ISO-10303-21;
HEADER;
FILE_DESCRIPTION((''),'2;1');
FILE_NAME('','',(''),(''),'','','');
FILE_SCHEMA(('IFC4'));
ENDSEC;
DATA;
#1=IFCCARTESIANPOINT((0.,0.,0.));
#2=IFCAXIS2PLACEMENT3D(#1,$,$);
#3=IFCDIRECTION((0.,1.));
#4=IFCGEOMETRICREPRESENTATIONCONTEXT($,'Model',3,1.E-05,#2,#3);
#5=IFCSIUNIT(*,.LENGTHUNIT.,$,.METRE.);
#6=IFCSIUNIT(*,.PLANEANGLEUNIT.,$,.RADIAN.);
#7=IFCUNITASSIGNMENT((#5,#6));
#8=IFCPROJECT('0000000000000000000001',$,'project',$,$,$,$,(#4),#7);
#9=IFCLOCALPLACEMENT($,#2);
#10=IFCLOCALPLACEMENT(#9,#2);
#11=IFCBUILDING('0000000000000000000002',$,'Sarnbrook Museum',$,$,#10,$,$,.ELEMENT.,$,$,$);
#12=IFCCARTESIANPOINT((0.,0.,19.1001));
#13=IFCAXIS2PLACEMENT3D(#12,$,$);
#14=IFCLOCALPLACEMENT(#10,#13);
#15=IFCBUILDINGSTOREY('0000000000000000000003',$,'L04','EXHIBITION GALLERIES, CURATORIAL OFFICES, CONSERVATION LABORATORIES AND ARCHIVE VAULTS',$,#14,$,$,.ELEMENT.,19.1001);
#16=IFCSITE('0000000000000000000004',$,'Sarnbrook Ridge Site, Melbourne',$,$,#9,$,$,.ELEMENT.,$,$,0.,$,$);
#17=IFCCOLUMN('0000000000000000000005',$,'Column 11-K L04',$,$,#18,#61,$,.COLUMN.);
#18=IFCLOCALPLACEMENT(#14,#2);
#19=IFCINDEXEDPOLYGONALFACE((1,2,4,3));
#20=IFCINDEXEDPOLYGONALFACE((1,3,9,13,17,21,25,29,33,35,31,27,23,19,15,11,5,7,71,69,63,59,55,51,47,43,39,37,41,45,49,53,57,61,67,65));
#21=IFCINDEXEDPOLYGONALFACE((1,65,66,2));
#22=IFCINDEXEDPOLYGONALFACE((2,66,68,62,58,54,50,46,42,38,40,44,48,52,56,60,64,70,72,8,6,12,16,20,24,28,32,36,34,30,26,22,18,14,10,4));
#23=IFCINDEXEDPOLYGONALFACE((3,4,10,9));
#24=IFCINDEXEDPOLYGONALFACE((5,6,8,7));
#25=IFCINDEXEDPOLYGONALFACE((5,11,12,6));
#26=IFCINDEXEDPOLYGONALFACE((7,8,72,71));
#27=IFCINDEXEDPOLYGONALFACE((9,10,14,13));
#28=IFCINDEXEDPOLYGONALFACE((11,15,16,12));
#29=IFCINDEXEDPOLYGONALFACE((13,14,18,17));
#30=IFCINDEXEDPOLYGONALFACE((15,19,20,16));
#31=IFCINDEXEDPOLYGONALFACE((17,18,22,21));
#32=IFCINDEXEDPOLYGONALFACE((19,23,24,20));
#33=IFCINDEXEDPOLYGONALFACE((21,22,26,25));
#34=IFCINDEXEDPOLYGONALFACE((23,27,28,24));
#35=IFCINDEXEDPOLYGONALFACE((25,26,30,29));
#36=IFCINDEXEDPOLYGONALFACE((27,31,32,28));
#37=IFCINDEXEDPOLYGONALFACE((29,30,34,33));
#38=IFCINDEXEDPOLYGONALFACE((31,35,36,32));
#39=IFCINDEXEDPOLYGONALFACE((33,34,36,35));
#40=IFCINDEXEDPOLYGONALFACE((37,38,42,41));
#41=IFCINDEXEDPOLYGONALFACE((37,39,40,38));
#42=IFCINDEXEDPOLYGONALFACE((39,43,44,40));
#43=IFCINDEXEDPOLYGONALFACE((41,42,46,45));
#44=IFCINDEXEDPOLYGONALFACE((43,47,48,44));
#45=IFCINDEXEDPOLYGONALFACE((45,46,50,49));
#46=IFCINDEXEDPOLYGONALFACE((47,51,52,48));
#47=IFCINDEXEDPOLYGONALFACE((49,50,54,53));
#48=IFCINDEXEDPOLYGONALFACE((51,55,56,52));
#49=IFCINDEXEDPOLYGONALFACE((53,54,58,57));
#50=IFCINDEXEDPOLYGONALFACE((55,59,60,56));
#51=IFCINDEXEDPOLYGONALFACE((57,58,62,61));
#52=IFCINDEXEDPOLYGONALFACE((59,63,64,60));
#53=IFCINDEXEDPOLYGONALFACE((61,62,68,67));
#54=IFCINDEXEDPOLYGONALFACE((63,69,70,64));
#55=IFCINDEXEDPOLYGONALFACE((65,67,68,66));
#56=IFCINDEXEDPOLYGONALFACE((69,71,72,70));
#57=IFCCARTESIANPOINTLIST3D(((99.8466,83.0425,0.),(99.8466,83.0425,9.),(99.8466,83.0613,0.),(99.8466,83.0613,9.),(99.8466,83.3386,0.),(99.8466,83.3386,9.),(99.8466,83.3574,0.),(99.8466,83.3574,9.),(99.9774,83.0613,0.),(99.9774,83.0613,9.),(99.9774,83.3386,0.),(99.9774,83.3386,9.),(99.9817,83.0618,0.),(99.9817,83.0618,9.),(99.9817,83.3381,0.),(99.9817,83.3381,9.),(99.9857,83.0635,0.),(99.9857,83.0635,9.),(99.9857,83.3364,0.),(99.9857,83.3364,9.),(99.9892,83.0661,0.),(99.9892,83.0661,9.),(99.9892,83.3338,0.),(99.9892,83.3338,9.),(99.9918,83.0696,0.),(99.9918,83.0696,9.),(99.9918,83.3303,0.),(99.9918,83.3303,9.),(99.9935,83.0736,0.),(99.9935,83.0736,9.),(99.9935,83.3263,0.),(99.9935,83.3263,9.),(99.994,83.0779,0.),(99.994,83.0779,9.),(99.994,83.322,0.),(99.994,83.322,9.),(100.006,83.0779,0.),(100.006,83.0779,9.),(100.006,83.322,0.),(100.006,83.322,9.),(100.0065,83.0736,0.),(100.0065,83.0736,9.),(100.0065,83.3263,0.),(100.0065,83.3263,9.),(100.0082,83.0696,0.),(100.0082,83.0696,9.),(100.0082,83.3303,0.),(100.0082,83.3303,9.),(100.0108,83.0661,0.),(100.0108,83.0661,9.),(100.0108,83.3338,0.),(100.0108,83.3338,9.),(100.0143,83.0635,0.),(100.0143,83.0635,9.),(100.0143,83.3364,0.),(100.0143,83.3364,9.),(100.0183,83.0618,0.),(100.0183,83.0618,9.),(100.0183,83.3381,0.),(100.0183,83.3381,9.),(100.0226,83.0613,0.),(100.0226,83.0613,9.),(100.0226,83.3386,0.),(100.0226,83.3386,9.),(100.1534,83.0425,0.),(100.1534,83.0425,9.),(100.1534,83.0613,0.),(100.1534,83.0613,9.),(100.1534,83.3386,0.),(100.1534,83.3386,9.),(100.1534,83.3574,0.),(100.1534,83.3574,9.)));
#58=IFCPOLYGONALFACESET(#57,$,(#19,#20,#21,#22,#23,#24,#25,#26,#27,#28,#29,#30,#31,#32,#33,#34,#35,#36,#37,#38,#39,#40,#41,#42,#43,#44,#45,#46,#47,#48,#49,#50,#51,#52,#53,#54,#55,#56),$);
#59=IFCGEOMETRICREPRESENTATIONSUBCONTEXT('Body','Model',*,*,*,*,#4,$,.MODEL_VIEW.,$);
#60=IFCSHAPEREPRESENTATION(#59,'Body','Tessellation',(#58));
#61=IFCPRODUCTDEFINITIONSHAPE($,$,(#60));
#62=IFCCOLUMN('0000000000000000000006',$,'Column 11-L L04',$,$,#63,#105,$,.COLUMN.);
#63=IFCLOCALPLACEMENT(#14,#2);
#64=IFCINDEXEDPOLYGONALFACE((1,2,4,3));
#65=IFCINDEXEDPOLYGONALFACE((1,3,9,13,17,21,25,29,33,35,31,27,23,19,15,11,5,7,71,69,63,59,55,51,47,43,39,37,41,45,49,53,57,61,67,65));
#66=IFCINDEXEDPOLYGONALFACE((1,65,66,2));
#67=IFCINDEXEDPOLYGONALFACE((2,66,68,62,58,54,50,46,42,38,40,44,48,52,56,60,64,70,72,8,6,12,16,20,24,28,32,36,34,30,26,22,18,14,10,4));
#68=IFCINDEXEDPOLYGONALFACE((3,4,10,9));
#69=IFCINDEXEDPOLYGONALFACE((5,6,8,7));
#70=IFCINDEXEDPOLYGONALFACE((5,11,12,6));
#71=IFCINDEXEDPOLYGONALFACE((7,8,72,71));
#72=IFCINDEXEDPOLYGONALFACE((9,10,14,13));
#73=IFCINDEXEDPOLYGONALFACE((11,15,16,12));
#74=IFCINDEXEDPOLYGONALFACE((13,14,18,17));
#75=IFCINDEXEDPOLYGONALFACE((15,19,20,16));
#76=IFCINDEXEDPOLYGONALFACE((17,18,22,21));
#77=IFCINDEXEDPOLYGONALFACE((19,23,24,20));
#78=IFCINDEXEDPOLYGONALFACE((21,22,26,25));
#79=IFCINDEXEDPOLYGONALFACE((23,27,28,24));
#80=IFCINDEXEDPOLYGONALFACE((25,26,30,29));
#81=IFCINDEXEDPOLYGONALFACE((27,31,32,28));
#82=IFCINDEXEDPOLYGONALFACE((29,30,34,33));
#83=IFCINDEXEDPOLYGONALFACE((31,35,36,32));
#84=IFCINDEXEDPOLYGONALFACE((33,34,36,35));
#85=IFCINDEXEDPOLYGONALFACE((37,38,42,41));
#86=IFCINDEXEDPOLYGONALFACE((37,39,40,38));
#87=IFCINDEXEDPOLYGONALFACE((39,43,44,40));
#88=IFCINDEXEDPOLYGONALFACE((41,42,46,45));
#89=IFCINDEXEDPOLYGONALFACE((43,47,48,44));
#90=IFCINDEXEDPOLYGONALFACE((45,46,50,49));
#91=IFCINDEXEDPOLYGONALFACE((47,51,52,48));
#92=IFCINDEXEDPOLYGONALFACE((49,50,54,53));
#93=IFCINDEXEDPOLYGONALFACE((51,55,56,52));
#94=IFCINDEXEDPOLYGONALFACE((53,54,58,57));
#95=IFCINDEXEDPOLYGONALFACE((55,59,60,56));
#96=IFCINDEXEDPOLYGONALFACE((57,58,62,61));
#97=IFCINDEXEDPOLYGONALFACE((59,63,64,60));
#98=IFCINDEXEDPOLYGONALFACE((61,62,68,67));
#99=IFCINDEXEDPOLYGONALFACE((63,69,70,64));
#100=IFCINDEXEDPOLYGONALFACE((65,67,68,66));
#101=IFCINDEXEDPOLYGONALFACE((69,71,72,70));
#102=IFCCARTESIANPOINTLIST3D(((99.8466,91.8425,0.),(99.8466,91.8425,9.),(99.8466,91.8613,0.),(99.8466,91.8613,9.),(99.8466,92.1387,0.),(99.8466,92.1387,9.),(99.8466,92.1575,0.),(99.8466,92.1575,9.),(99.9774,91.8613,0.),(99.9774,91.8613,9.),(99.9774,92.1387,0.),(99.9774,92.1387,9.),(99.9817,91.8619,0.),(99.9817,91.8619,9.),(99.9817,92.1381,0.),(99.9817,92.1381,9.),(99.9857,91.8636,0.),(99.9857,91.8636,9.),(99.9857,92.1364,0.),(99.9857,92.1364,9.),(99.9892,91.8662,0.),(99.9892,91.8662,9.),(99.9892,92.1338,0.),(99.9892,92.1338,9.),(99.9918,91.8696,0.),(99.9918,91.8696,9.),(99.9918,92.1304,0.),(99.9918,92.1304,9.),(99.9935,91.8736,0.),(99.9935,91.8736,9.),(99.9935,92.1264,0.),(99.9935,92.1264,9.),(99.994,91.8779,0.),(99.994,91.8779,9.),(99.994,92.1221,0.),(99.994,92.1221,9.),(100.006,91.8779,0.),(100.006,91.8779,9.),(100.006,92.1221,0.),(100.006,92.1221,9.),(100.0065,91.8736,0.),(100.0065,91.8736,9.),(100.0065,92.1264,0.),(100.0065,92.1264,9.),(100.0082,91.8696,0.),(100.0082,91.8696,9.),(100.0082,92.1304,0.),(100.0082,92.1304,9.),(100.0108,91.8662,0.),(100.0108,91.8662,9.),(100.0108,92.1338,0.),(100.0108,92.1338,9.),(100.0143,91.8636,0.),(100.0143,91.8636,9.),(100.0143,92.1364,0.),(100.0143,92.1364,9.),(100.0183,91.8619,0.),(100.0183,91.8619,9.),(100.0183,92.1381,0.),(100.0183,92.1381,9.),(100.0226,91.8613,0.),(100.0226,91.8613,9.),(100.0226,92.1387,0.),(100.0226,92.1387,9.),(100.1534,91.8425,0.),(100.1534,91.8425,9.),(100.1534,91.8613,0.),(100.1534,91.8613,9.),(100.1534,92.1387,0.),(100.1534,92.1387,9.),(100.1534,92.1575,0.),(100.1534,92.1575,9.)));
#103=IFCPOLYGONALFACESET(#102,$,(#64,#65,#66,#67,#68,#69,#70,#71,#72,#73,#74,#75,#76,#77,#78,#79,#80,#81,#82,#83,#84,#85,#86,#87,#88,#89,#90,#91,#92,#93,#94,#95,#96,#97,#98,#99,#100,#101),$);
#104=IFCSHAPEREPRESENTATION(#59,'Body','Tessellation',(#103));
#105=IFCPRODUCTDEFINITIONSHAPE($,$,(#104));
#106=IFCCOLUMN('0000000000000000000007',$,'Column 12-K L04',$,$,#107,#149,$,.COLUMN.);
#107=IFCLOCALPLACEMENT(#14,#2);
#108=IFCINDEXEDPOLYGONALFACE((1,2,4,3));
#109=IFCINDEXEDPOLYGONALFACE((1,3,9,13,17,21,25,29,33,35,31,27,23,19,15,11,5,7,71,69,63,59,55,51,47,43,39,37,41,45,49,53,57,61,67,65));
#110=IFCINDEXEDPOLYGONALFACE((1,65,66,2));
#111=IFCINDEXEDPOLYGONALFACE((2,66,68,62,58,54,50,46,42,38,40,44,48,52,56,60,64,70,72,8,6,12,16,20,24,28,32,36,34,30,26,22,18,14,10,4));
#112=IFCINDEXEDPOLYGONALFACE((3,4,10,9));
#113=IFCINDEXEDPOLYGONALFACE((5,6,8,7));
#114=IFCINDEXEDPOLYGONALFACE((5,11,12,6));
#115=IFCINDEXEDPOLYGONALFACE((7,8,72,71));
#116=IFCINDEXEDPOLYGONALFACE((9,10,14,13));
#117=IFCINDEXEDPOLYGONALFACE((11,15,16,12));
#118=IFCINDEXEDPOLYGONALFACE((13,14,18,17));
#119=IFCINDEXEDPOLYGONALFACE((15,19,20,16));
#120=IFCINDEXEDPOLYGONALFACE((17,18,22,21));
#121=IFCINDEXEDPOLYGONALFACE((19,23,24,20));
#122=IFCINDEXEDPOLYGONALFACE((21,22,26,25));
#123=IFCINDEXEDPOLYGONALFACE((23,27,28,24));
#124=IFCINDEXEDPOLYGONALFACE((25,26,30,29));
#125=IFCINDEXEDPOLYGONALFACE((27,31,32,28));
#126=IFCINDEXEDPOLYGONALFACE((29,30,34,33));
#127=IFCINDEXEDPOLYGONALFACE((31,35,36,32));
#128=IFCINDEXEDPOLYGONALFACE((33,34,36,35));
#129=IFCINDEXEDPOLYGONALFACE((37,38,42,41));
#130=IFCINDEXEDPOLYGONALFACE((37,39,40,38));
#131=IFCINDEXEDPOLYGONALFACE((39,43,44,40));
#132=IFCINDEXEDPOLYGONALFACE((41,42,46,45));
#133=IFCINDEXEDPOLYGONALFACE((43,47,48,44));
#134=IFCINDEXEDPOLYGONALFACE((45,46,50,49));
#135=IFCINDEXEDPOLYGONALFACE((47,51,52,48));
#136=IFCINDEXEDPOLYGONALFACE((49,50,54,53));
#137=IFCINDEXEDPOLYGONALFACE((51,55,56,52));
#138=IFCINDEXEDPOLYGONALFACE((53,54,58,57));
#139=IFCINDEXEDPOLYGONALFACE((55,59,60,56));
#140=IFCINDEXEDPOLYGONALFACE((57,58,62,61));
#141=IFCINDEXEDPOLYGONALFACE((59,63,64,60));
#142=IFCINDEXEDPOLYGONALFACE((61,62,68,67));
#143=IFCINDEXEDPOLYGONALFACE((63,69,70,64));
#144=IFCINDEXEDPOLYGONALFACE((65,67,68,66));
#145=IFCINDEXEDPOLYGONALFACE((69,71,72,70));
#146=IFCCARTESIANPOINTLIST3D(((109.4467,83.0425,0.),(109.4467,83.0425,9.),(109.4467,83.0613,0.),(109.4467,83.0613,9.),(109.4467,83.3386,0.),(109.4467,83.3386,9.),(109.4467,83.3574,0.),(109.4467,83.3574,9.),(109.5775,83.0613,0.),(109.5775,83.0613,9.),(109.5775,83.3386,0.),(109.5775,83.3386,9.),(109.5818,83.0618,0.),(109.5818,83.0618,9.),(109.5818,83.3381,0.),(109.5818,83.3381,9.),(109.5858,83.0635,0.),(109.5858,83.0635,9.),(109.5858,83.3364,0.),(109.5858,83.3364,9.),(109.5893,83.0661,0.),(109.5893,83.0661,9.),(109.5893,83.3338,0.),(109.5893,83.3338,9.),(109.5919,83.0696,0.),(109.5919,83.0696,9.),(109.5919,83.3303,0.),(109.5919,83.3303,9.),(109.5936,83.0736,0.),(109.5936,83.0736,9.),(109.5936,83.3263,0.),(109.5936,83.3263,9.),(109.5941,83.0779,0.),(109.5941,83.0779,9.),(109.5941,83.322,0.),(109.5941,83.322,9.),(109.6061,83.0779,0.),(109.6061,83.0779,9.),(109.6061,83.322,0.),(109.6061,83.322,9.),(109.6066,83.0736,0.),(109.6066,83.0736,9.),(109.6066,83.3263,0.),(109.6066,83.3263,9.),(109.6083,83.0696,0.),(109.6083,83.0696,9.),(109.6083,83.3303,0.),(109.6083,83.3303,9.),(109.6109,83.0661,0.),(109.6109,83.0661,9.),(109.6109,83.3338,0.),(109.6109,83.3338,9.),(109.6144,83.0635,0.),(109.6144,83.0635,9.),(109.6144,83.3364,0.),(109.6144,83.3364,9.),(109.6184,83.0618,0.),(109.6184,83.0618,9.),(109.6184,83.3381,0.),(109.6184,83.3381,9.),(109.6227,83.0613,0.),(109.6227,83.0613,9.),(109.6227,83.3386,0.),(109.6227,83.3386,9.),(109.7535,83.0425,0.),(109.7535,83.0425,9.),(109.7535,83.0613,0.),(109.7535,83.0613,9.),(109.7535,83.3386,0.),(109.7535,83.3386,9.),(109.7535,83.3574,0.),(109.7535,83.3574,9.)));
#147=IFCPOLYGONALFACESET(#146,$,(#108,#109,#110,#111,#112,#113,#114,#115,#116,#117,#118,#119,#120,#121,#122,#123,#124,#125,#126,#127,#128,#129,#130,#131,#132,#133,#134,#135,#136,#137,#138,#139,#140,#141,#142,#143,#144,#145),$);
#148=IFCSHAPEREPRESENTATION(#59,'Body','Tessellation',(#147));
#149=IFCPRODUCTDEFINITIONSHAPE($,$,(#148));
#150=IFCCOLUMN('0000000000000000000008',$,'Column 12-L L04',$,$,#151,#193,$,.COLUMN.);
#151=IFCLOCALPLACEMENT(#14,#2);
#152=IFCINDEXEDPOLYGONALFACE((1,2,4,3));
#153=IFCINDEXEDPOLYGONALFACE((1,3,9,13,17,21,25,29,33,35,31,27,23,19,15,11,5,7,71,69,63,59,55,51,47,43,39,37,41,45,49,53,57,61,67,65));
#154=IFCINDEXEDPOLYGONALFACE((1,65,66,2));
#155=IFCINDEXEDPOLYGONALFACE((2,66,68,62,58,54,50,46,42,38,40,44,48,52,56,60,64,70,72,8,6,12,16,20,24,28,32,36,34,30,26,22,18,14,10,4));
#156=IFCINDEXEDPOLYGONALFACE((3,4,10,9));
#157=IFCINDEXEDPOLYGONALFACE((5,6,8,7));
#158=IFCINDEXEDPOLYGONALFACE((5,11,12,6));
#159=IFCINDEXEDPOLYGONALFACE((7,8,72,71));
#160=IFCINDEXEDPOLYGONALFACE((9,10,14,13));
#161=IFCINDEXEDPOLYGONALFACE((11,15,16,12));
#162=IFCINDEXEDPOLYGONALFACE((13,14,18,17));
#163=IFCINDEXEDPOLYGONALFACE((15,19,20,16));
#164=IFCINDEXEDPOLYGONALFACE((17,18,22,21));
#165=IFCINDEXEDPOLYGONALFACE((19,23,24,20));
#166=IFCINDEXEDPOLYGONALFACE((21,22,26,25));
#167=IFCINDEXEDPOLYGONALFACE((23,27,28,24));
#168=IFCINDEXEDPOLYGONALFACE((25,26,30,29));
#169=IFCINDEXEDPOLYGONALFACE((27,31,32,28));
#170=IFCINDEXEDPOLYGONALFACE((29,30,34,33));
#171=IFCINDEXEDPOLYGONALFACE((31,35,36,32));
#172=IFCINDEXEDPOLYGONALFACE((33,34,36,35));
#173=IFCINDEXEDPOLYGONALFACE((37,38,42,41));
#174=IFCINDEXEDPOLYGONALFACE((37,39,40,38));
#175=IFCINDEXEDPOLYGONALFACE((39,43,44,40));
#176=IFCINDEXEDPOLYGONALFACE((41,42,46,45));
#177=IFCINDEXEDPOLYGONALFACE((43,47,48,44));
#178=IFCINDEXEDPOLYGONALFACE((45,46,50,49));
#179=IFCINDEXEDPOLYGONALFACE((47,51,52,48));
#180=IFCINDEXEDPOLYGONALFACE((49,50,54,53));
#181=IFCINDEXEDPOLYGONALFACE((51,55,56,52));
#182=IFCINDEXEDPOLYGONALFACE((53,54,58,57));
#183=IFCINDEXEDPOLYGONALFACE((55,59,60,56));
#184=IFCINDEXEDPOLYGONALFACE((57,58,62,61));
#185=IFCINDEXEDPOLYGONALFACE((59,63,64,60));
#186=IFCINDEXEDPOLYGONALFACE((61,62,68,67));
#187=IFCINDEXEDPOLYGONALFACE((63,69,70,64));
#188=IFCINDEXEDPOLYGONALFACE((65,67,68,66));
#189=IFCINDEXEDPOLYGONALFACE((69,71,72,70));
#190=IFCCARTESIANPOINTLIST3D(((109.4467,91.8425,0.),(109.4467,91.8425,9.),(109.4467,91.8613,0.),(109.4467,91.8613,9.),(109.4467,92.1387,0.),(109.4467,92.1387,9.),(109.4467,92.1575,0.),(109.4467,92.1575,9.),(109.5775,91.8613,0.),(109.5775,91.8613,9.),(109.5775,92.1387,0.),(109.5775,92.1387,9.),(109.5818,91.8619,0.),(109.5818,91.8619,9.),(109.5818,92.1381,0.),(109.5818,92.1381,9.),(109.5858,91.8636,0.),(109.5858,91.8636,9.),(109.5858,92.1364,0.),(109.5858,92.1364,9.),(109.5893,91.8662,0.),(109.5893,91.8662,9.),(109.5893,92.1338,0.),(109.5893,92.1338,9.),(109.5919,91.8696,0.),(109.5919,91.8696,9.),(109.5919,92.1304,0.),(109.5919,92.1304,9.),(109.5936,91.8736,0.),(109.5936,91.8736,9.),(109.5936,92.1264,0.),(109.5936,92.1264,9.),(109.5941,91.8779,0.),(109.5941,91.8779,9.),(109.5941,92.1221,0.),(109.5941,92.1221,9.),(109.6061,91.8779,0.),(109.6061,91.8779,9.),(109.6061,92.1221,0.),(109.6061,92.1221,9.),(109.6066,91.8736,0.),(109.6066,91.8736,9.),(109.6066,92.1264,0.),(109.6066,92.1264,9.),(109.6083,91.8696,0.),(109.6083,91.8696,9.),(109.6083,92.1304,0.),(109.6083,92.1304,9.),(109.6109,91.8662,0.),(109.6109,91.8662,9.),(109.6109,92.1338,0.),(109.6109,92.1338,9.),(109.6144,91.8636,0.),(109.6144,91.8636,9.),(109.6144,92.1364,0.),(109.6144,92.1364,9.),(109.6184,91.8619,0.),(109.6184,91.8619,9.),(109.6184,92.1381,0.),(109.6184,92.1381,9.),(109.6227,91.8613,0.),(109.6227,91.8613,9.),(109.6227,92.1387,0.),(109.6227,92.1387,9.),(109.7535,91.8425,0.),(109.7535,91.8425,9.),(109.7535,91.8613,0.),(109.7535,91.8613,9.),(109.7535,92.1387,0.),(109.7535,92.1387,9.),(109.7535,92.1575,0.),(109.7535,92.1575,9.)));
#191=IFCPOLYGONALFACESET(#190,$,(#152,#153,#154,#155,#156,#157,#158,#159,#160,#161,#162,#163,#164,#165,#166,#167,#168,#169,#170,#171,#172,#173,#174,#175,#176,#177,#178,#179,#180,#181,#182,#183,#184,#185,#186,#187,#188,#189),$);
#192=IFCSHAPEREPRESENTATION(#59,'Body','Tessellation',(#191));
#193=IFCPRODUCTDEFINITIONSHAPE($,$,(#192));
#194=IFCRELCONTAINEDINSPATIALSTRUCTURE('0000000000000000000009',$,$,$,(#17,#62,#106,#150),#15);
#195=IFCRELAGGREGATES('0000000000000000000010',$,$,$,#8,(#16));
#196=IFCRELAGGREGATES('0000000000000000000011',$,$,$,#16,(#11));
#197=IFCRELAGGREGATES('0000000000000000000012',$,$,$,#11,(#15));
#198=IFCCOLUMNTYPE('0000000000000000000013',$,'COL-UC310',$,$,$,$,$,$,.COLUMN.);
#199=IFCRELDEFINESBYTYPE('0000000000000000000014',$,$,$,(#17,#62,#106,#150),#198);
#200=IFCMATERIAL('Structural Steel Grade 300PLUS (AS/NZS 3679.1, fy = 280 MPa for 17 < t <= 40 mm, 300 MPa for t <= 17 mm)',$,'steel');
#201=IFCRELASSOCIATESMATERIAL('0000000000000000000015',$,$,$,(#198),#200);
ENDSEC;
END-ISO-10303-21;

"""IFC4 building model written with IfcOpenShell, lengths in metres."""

from ifc_helpers import new_model, si_unit, direction, frame, origin, origin_2d, place, context, subcontext, project, spatial, i_section, extrude, material, material_profile, profile_set, type_object, element, save


model = new_model("IFC4")

# Units and contexts
model_context = context("Model", 3, precision=1e-05, world=origin(), true_north=direction((0.0, 1.0)))
body_context = subcontext(model_context, "Body", "Model", "MODEL_VIEW")
ifc_project = project(units=[si_unit("LENGTHUNIT", "METRE"), si_unit("PLANEANGLEUNIT", "RADIAN")], contexts=[model_context])

# Site, building, storey
site_placement = place(None, origin())
site = spatial("IfcSite", under=ifc_project, at=site_placement, Name="Sarnbrook Ridge Site, Melbourne", CompositionType="ELEMENT", RefElevation=0.0)
building_placement = place(site_placement, origin())
building = spatial("IfcBuilding", under=site, at=building_placement, Name="Sarnbrook Museum", CompositionType="ELEMENT")
storey_placement = place(building_placement, frame((0.0, 0.0, 19.1001)))
storey = spatial("IfcBuildingStorey", under=building, at=storey_placement, Name="L04", Description="EXHIBITION GALLERIES, CURATORIAL OFFICES, CONSERVATION LABORATORIES AND ARCHIVE VAULTS", CompositionType="ELEMENT", Elevation=19.1001)

# Columns
ifc_material_1 = material(Name="Structural Steel Grade 300PLUS (AS/NZS 3679.1, fy = 280 MPa for 17 < t <= 40 mm, 300 MPa for t <= 17 mm)", Category="steel")
ifc_material_profile_1 = material_profile(ifc_material_1, i_section(OverallWidth=0.3069, OverallDepth=0.3149, WebThickness=0.012, FlangeThickness=0.0188, FilletRadius=0.0166, at=origin_2d()), Name="310UC118")
ifc_profile_set_1 = profile_set([ifc_material_profile_1], Name="Structural Steel Grade 300PLUS (AS/NZS 3679.1, fy = 280 MPa for 17 < t <= 40 mm, 300 MPa for t <= 17 mm)")
column_type = type_object("IfcColumnType", Name="COL-UC310", PredefinedType="COLUMN", material=ifc_profile_set_1)
for number, where, z_axis, x_axis, name in (
    (1, (100.0, 83.2, 0.0), (0.0, 0.0, 1.0), (1.0, 0.0, 0.0), "Column 11-K L04"),
    (2, (100.0, 92.0, 0.0), (0.0, 0.0, 1.0), (1.0, 0.0, 0.0), "Column 11-L L04"),
    (3, (109.6001, 83.2, 0.0), (0.0, 0.0, 1.0), (1.0, 0.0, 0.0), "Column 12-K L04"),
    (4, (109.6001, 92.0, 0.0), (0.0, 0.0, 1.0), (1.0, 0.0, 0.0), "Column 12-L L04"),
):
    element("IfcColumn", number, at=place(storey_placement, frame(where, z_axis=z_axis, x_axis=x_axis)), inside=storey, type_object=column_type, Name=name, PredefinedType="COLUMN", context=body_context, shape_type="SweptSolid", body=[
        extrude(i_section(OverallWidth=0.3069, OverallDepth=0.3149, WebThickness=0.012, FlangeThickness=0.0188, FilletRadius=0.0166, at=origin_2d()), origin(), (0.0, 0.0, 1.0), 9.0),
    ])

save(model, "model.ifc")
